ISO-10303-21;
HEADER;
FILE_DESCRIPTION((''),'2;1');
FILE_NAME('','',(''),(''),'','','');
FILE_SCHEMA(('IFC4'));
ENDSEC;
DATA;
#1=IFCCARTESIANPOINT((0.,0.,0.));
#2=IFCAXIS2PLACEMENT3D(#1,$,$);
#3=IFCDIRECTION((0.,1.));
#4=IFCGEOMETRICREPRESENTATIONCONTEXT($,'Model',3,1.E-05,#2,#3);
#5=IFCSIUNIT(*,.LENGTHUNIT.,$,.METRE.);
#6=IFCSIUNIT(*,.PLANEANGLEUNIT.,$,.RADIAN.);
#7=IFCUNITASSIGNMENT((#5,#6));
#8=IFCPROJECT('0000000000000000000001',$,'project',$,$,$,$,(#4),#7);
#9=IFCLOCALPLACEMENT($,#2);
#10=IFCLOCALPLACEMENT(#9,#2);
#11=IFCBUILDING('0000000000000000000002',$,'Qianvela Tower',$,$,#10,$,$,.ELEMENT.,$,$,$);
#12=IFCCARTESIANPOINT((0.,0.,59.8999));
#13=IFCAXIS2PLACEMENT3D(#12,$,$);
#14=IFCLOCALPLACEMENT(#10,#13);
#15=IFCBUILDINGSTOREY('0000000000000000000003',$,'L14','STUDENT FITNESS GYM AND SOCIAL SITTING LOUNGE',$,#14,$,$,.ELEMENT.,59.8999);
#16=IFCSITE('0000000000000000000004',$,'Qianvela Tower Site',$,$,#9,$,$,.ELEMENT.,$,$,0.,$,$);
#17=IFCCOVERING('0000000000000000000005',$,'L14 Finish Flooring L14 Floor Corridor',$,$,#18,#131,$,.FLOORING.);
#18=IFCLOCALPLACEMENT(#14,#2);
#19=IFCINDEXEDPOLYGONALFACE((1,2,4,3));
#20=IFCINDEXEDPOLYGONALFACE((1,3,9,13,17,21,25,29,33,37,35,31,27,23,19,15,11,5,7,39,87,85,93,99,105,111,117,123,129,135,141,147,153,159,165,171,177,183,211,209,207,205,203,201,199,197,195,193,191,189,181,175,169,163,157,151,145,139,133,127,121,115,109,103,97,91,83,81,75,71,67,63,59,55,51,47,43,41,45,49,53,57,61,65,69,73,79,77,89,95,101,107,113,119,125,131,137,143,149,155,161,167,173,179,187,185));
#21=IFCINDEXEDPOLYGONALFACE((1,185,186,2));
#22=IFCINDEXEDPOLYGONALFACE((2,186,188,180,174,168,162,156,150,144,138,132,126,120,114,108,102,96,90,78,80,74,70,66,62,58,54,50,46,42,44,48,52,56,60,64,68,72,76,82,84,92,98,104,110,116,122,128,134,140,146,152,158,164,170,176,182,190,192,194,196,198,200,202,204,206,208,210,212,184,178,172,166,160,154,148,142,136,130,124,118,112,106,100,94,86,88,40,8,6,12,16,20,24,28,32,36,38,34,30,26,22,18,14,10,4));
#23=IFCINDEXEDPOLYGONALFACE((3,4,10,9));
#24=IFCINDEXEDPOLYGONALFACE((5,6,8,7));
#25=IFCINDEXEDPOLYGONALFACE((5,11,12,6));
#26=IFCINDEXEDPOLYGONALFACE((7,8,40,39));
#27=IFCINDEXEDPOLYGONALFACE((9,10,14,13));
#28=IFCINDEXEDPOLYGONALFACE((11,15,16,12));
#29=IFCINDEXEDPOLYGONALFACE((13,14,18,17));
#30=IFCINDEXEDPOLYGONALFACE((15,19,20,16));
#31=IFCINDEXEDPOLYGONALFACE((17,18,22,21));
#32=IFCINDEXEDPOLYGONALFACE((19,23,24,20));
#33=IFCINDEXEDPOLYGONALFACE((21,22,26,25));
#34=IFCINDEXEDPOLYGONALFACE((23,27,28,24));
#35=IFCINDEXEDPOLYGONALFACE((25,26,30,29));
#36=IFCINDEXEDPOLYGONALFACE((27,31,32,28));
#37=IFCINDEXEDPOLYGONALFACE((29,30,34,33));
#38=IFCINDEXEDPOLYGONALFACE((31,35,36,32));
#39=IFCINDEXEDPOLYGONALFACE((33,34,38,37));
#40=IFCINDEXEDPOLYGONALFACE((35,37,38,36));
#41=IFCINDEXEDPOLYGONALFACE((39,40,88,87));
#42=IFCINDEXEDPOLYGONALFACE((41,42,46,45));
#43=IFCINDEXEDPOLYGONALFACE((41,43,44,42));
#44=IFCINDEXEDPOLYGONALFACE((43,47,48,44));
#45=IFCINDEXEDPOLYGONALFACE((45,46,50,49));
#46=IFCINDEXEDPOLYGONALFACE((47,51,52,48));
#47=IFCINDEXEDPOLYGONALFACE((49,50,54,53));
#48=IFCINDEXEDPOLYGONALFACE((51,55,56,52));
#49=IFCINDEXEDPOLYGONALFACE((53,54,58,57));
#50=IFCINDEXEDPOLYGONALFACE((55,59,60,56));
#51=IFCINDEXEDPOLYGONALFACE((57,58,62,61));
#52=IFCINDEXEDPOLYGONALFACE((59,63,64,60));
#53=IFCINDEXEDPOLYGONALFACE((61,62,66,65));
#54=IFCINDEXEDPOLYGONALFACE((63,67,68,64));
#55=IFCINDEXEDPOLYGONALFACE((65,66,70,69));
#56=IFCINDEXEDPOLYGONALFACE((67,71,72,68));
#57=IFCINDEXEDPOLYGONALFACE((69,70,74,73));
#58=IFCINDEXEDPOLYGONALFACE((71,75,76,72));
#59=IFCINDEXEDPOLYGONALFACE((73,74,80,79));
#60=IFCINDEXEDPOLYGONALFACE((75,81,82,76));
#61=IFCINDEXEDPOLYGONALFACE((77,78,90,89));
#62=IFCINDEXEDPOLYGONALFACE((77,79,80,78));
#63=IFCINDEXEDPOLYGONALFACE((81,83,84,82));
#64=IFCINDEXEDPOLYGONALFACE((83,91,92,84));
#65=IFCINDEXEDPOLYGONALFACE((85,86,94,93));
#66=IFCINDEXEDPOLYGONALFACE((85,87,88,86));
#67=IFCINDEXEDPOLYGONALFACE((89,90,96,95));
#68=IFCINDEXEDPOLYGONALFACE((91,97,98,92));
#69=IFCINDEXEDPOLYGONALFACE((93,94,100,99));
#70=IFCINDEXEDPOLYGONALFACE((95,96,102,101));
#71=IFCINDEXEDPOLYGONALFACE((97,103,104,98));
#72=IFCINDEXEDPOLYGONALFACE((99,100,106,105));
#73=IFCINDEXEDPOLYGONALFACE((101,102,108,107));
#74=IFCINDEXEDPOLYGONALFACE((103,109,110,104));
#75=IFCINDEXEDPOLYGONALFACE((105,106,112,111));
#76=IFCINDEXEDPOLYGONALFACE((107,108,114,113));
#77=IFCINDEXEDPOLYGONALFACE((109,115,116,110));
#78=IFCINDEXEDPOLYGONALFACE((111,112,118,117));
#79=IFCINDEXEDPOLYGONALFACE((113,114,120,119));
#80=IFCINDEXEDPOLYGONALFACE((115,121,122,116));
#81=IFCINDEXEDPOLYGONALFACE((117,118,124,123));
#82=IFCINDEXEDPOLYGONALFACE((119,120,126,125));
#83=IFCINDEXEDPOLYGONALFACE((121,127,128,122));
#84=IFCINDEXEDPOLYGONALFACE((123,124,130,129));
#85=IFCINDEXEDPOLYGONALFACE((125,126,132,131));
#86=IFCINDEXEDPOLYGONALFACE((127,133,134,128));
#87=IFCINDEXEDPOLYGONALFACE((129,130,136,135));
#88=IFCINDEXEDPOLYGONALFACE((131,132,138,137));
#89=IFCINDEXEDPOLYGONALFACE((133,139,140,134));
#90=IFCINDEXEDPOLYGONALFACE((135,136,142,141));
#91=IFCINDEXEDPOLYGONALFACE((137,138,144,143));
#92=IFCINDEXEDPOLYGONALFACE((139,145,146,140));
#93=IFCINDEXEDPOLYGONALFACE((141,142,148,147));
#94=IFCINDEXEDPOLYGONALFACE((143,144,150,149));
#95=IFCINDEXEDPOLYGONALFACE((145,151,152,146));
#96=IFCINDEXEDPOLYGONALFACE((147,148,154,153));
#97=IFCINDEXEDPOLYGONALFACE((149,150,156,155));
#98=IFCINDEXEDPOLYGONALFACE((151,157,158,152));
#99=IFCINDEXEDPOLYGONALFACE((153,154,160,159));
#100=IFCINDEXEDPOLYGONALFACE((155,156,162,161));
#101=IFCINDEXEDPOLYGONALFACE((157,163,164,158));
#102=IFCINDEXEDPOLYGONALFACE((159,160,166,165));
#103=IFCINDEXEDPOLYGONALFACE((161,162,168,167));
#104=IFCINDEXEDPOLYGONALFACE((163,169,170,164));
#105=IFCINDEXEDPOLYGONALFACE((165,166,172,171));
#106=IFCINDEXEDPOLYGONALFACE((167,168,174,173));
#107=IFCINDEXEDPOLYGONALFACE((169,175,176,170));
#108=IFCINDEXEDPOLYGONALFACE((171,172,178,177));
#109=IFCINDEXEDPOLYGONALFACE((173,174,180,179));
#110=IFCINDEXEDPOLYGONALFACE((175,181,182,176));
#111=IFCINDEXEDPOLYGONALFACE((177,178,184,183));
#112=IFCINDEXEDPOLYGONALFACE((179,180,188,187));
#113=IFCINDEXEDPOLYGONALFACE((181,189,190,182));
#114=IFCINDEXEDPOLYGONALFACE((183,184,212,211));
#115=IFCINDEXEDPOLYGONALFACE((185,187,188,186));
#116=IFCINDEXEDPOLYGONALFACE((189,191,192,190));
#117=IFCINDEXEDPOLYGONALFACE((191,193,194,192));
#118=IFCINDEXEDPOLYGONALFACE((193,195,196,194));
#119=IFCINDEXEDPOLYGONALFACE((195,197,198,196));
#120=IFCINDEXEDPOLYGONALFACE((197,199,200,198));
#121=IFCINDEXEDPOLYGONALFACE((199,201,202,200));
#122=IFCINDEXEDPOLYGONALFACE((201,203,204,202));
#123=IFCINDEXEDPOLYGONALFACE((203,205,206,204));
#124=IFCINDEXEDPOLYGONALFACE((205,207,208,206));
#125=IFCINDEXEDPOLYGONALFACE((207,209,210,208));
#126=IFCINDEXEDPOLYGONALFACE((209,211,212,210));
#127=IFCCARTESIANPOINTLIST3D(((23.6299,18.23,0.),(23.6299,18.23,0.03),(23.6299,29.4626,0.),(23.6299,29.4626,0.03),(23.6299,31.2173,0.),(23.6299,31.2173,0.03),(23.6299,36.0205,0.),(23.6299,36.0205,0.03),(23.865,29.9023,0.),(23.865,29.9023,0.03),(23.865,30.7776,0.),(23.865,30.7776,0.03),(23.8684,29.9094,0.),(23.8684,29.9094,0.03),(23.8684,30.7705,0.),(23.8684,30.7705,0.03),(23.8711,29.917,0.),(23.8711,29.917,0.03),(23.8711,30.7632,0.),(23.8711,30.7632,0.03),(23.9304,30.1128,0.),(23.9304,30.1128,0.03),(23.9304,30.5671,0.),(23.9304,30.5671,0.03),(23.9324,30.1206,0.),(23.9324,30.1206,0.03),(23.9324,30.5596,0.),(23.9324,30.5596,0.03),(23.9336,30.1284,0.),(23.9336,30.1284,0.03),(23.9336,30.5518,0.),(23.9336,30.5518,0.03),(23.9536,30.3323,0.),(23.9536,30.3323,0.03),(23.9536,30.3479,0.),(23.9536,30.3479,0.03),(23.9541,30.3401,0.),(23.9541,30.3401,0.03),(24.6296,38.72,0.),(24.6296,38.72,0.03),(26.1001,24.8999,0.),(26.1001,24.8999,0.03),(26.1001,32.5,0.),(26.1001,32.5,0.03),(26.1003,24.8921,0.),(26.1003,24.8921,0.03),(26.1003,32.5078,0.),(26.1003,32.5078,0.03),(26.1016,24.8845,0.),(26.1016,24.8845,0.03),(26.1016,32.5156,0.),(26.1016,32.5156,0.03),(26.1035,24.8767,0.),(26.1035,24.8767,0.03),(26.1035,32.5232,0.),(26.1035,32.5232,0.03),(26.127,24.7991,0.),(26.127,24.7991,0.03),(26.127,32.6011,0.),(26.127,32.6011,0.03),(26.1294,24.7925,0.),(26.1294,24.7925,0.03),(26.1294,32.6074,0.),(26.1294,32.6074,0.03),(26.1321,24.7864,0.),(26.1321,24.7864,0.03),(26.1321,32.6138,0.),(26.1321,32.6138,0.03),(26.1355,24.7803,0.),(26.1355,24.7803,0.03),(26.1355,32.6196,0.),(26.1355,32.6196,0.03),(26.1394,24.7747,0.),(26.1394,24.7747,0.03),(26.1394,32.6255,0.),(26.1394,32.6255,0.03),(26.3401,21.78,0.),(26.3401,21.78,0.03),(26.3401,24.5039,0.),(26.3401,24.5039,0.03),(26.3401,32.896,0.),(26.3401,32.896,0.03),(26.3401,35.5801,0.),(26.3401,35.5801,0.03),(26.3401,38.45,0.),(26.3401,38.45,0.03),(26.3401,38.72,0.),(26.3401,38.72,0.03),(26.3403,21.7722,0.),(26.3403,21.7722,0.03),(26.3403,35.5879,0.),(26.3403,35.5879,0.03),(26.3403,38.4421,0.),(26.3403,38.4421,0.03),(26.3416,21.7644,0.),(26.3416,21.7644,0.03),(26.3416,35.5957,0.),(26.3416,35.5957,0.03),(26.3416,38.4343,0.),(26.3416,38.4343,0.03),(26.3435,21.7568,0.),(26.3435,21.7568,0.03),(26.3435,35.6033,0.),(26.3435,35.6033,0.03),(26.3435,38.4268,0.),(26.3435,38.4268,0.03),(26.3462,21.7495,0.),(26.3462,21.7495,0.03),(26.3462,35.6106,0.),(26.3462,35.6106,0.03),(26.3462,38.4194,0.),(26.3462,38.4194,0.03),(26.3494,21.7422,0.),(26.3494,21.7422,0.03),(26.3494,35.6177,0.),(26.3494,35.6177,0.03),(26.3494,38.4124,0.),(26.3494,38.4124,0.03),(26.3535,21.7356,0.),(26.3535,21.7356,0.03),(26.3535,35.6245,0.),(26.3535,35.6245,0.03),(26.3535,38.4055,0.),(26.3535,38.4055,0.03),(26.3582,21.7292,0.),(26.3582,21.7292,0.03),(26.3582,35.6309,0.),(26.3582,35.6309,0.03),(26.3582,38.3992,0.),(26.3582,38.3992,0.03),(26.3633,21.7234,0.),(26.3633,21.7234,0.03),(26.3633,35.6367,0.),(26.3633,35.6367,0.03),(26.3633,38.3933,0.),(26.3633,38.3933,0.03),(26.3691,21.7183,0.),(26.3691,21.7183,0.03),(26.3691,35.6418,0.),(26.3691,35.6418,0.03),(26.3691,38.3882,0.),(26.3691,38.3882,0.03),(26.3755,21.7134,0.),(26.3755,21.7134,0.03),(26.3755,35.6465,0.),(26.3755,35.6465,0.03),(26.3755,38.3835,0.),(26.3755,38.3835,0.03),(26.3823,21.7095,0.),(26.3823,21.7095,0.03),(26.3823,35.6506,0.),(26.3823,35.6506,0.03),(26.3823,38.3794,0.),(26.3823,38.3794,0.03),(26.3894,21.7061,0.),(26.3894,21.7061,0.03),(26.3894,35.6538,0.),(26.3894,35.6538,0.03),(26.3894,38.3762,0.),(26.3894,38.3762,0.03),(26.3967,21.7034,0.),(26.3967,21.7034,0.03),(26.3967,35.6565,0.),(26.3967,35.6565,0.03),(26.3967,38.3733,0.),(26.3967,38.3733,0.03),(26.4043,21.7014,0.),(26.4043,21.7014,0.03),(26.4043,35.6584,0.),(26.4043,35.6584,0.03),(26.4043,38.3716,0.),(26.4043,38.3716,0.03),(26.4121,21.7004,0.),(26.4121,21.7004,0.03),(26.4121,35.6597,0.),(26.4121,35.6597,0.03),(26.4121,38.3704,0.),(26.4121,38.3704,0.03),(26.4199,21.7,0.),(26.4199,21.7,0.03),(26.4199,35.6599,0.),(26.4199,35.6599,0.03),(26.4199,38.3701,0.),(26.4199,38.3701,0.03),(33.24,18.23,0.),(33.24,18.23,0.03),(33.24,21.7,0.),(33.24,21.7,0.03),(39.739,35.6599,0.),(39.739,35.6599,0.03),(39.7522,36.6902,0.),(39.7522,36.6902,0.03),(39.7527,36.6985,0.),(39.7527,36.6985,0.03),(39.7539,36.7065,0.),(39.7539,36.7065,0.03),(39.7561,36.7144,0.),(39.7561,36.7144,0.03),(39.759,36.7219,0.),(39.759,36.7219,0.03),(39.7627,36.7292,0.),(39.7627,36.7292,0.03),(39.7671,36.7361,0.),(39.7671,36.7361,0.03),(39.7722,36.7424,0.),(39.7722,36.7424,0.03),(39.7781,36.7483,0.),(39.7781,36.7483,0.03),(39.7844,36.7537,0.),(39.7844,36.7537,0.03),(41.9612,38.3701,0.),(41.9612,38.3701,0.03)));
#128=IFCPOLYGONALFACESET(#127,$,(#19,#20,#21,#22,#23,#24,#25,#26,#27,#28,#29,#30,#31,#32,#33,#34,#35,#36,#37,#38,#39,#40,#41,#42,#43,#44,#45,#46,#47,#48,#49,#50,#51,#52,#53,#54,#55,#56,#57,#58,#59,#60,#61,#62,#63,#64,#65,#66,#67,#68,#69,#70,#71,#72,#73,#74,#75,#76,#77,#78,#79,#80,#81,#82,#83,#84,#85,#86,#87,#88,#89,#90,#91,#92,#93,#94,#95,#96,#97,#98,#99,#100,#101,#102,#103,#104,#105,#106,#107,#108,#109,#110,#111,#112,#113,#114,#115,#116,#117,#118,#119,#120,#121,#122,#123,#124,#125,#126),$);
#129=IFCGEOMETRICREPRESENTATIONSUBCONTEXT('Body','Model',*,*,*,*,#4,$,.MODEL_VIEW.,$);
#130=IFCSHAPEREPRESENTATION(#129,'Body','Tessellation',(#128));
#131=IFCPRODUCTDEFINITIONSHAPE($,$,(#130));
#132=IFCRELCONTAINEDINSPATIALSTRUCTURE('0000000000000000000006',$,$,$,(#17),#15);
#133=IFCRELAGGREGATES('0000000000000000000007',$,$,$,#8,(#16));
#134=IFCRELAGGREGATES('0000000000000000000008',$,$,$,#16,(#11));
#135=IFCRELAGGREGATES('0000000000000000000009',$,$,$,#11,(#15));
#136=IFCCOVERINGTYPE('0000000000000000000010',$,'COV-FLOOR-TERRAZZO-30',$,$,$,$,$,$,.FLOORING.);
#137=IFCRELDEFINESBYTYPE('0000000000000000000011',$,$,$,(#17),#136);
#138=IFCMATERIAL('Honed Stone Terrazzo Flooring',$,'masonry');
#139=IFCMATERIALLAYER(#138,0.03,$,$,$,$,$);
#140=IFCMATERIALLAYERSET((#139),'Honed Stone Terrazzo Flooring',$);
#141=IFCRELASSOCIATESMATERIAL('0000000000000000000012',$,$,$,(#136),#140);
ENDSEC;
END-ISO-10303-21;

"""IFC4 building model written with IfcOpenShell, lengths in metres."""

from ifc_helpers import new_model, si_unit, direction, frame, origin, place, context, subcontext, project, spatial, polyline, outline, extrude, material, layer, layer_set, type_object, element, save


model = new_model("IFC4")

# Units and contexts
model_context = context("Model", 3, precision=1e-05, world=origin(), true_north=direction((0.0, 1.0)))
body_context = subcontext(model_context, "Body", "Model", "MODEL_VIEW")
ifc_project = project(units=[si_unit("LENGTHUNIT", "METRE"), si_unit("PLANEANGLEUNIT", "RADIAN")], contexts=[model_context])

# Site, building, storey
site_placement = place(None, origin())
site = spatial("IfcSite", under=ifc_project, at=site_placement, Name="Qianvela Tower Site", CompositionType="ELEMENT", RefElevation=0.0)
building_placement = place(site_placement, origin())
building = spatial("IfcBuilding", under=site, at=building_placement, Name="Qianvela Tower", CompositionType="ELEMENT")
storey_placement = place(building_placement, frame((0.0, 0.0, 59.8999)))
storey = spatial("IfcBuildingStorey", under=building, at=storey_placement, Name="L14", Description="STUDENT FITNESS GYM AND SOCIAL SITTING LOUNGE", CompositionType="ELEMENT", Elevation=59.8999)

# Covering
ifc_material_1 = material(Name="Honed Stone Terrazzo Flooring", Category="masonry")
ifc_layer_1 = layer(ifc_material_1, 0.03)
ifc_layer_set_1 = layer_set([ifc_layer_1], Name="Honed Stone Terrazzo Flooring")
covering_type_1 = type_object("IfcCoveringType", Name="COV-FLOOR-TERRAZZO-30", PredefinedType="FLOORING", material=ifc_layer_set_1)
covering_1_placement = place(storey_placement, origin())
element("IfcCovering", 1, at=covering_1_placement, inside=storey, type_object=covering_type_1, Name="L14 Finish Flooring L14 Floor Corridor", PredefinedType="FLOORING", context=body_context, shape_type="SweptSolid", body=[
    extrude(outline(polyline([(23.8711, 30.7632), (23.8684, 30.7705), (23.865, 30.7776), (23.6299, 31.2173), (23.6299, 36.0205), (24.6296, 38.72), (26.3401, 38.72), (26.3401, 38.45), (26.3403, 38.4421), (26.3416, 38.4343), (26.3435, 38.4268), (26.3462, 38.4194), (26.3494, 38.4124), (26.3535, 38.4055), (26.3582, 38.3992), (26.3633, 38.3933), (26.3691, 38.3882), (26.3755, 38.3835), (26.3823, 38.3794), (26.3894, 38.3762), (26.3967, 38.3733), (26.4043, 38.3716), (26.4121, 38.3704), (26.4199, 38.3701), (41.9612, 38.3701), (39.7844, 36.7537), (39.7781, 36.7483), (39.7722, 36.7424), (39.7671, 36.7361), (39.7627, 36.7292), (39.759, 36.7219), (39.7561, 36.7144), (39.7539, 36.7065), (39.7527, 36.6985), (39.7522, 36.6902), (39.739, 35.6599), (26.4199, 35.6599), (26.4121, 35.6597), (26.4043, 35.6584), (26.3967, 35.6565), (26.3894, 35.6538), (26.3823, 35.6506), (26.3755, 35.6465), (26.3691, 35.6418), (26.3633, 35.6367), (26.3582, 35.6309), (26.3535, 35.6245), (26.3494, 35.6177), (26.3462, 35.6106), (26.3435, 35.6033), (26.3416, 35.5957), (26.3403, 35.5879), (26.3401, 35.5801), (26.3401, 32.896), (26.1394, 32.6255), (26.1355, 32.6196), (26.1321, 32.6138), (26.1294, 32.6074), (26.127, 32.6011), (26.1035, 32.5232), (26.1016, 32.5156), (26.1003, 32.5078), (26.1001, 32.5), (26.1001, 24.8999), (26.1003, 24.8921), (26.1016, 24.8845), (26.1035, 24.8767), (26.127, 24.7991), (26.1294, 24.7925), (26.1321, 24.7864), (26.1355, 24.7803), (26.1394, 24.7747), (26.3401, 24.5039), (26.3401, 21.78), (26.3403, 21.7722), (26.3416, 21.7644), (26.3435, 21.7568), (26.3462, 21.7495), (26.3494, 21.7422), (26.3535, 21.7356), (26.3582, 21.7292), (26.3633, 21.7234), (26.3691, 21.7183), (26.3755, 21.7134), (26.3823, 21.7095), (26.3894, 21.7061), (26.3967, 21.7034), (26.4043, 21.7014), (26.4121, 21.7004), (26.4199, 21.7), (33.24, 21.7), (33.24, 18.23), (23.6299, 18.23), (23.6299, 29.4626), (23.865, 29.9023), (23.8684, 29.9094), (23.8711, 29.917), (23.9304, 30.1128), (23.9324, 30.1206), (23.9336, 30.1284), (23.9536, 30.3323), (23.9541, 30.3401), (23.9536, 30.3479), (23.9336, 30.5518), (23.9324, 30.5596), (23.9304, 30.5671), (23.8711, 30.7632)])), origin(), (0.0, 0.0, 1.0), 0.03),
])

save(model, "model.ifc")
